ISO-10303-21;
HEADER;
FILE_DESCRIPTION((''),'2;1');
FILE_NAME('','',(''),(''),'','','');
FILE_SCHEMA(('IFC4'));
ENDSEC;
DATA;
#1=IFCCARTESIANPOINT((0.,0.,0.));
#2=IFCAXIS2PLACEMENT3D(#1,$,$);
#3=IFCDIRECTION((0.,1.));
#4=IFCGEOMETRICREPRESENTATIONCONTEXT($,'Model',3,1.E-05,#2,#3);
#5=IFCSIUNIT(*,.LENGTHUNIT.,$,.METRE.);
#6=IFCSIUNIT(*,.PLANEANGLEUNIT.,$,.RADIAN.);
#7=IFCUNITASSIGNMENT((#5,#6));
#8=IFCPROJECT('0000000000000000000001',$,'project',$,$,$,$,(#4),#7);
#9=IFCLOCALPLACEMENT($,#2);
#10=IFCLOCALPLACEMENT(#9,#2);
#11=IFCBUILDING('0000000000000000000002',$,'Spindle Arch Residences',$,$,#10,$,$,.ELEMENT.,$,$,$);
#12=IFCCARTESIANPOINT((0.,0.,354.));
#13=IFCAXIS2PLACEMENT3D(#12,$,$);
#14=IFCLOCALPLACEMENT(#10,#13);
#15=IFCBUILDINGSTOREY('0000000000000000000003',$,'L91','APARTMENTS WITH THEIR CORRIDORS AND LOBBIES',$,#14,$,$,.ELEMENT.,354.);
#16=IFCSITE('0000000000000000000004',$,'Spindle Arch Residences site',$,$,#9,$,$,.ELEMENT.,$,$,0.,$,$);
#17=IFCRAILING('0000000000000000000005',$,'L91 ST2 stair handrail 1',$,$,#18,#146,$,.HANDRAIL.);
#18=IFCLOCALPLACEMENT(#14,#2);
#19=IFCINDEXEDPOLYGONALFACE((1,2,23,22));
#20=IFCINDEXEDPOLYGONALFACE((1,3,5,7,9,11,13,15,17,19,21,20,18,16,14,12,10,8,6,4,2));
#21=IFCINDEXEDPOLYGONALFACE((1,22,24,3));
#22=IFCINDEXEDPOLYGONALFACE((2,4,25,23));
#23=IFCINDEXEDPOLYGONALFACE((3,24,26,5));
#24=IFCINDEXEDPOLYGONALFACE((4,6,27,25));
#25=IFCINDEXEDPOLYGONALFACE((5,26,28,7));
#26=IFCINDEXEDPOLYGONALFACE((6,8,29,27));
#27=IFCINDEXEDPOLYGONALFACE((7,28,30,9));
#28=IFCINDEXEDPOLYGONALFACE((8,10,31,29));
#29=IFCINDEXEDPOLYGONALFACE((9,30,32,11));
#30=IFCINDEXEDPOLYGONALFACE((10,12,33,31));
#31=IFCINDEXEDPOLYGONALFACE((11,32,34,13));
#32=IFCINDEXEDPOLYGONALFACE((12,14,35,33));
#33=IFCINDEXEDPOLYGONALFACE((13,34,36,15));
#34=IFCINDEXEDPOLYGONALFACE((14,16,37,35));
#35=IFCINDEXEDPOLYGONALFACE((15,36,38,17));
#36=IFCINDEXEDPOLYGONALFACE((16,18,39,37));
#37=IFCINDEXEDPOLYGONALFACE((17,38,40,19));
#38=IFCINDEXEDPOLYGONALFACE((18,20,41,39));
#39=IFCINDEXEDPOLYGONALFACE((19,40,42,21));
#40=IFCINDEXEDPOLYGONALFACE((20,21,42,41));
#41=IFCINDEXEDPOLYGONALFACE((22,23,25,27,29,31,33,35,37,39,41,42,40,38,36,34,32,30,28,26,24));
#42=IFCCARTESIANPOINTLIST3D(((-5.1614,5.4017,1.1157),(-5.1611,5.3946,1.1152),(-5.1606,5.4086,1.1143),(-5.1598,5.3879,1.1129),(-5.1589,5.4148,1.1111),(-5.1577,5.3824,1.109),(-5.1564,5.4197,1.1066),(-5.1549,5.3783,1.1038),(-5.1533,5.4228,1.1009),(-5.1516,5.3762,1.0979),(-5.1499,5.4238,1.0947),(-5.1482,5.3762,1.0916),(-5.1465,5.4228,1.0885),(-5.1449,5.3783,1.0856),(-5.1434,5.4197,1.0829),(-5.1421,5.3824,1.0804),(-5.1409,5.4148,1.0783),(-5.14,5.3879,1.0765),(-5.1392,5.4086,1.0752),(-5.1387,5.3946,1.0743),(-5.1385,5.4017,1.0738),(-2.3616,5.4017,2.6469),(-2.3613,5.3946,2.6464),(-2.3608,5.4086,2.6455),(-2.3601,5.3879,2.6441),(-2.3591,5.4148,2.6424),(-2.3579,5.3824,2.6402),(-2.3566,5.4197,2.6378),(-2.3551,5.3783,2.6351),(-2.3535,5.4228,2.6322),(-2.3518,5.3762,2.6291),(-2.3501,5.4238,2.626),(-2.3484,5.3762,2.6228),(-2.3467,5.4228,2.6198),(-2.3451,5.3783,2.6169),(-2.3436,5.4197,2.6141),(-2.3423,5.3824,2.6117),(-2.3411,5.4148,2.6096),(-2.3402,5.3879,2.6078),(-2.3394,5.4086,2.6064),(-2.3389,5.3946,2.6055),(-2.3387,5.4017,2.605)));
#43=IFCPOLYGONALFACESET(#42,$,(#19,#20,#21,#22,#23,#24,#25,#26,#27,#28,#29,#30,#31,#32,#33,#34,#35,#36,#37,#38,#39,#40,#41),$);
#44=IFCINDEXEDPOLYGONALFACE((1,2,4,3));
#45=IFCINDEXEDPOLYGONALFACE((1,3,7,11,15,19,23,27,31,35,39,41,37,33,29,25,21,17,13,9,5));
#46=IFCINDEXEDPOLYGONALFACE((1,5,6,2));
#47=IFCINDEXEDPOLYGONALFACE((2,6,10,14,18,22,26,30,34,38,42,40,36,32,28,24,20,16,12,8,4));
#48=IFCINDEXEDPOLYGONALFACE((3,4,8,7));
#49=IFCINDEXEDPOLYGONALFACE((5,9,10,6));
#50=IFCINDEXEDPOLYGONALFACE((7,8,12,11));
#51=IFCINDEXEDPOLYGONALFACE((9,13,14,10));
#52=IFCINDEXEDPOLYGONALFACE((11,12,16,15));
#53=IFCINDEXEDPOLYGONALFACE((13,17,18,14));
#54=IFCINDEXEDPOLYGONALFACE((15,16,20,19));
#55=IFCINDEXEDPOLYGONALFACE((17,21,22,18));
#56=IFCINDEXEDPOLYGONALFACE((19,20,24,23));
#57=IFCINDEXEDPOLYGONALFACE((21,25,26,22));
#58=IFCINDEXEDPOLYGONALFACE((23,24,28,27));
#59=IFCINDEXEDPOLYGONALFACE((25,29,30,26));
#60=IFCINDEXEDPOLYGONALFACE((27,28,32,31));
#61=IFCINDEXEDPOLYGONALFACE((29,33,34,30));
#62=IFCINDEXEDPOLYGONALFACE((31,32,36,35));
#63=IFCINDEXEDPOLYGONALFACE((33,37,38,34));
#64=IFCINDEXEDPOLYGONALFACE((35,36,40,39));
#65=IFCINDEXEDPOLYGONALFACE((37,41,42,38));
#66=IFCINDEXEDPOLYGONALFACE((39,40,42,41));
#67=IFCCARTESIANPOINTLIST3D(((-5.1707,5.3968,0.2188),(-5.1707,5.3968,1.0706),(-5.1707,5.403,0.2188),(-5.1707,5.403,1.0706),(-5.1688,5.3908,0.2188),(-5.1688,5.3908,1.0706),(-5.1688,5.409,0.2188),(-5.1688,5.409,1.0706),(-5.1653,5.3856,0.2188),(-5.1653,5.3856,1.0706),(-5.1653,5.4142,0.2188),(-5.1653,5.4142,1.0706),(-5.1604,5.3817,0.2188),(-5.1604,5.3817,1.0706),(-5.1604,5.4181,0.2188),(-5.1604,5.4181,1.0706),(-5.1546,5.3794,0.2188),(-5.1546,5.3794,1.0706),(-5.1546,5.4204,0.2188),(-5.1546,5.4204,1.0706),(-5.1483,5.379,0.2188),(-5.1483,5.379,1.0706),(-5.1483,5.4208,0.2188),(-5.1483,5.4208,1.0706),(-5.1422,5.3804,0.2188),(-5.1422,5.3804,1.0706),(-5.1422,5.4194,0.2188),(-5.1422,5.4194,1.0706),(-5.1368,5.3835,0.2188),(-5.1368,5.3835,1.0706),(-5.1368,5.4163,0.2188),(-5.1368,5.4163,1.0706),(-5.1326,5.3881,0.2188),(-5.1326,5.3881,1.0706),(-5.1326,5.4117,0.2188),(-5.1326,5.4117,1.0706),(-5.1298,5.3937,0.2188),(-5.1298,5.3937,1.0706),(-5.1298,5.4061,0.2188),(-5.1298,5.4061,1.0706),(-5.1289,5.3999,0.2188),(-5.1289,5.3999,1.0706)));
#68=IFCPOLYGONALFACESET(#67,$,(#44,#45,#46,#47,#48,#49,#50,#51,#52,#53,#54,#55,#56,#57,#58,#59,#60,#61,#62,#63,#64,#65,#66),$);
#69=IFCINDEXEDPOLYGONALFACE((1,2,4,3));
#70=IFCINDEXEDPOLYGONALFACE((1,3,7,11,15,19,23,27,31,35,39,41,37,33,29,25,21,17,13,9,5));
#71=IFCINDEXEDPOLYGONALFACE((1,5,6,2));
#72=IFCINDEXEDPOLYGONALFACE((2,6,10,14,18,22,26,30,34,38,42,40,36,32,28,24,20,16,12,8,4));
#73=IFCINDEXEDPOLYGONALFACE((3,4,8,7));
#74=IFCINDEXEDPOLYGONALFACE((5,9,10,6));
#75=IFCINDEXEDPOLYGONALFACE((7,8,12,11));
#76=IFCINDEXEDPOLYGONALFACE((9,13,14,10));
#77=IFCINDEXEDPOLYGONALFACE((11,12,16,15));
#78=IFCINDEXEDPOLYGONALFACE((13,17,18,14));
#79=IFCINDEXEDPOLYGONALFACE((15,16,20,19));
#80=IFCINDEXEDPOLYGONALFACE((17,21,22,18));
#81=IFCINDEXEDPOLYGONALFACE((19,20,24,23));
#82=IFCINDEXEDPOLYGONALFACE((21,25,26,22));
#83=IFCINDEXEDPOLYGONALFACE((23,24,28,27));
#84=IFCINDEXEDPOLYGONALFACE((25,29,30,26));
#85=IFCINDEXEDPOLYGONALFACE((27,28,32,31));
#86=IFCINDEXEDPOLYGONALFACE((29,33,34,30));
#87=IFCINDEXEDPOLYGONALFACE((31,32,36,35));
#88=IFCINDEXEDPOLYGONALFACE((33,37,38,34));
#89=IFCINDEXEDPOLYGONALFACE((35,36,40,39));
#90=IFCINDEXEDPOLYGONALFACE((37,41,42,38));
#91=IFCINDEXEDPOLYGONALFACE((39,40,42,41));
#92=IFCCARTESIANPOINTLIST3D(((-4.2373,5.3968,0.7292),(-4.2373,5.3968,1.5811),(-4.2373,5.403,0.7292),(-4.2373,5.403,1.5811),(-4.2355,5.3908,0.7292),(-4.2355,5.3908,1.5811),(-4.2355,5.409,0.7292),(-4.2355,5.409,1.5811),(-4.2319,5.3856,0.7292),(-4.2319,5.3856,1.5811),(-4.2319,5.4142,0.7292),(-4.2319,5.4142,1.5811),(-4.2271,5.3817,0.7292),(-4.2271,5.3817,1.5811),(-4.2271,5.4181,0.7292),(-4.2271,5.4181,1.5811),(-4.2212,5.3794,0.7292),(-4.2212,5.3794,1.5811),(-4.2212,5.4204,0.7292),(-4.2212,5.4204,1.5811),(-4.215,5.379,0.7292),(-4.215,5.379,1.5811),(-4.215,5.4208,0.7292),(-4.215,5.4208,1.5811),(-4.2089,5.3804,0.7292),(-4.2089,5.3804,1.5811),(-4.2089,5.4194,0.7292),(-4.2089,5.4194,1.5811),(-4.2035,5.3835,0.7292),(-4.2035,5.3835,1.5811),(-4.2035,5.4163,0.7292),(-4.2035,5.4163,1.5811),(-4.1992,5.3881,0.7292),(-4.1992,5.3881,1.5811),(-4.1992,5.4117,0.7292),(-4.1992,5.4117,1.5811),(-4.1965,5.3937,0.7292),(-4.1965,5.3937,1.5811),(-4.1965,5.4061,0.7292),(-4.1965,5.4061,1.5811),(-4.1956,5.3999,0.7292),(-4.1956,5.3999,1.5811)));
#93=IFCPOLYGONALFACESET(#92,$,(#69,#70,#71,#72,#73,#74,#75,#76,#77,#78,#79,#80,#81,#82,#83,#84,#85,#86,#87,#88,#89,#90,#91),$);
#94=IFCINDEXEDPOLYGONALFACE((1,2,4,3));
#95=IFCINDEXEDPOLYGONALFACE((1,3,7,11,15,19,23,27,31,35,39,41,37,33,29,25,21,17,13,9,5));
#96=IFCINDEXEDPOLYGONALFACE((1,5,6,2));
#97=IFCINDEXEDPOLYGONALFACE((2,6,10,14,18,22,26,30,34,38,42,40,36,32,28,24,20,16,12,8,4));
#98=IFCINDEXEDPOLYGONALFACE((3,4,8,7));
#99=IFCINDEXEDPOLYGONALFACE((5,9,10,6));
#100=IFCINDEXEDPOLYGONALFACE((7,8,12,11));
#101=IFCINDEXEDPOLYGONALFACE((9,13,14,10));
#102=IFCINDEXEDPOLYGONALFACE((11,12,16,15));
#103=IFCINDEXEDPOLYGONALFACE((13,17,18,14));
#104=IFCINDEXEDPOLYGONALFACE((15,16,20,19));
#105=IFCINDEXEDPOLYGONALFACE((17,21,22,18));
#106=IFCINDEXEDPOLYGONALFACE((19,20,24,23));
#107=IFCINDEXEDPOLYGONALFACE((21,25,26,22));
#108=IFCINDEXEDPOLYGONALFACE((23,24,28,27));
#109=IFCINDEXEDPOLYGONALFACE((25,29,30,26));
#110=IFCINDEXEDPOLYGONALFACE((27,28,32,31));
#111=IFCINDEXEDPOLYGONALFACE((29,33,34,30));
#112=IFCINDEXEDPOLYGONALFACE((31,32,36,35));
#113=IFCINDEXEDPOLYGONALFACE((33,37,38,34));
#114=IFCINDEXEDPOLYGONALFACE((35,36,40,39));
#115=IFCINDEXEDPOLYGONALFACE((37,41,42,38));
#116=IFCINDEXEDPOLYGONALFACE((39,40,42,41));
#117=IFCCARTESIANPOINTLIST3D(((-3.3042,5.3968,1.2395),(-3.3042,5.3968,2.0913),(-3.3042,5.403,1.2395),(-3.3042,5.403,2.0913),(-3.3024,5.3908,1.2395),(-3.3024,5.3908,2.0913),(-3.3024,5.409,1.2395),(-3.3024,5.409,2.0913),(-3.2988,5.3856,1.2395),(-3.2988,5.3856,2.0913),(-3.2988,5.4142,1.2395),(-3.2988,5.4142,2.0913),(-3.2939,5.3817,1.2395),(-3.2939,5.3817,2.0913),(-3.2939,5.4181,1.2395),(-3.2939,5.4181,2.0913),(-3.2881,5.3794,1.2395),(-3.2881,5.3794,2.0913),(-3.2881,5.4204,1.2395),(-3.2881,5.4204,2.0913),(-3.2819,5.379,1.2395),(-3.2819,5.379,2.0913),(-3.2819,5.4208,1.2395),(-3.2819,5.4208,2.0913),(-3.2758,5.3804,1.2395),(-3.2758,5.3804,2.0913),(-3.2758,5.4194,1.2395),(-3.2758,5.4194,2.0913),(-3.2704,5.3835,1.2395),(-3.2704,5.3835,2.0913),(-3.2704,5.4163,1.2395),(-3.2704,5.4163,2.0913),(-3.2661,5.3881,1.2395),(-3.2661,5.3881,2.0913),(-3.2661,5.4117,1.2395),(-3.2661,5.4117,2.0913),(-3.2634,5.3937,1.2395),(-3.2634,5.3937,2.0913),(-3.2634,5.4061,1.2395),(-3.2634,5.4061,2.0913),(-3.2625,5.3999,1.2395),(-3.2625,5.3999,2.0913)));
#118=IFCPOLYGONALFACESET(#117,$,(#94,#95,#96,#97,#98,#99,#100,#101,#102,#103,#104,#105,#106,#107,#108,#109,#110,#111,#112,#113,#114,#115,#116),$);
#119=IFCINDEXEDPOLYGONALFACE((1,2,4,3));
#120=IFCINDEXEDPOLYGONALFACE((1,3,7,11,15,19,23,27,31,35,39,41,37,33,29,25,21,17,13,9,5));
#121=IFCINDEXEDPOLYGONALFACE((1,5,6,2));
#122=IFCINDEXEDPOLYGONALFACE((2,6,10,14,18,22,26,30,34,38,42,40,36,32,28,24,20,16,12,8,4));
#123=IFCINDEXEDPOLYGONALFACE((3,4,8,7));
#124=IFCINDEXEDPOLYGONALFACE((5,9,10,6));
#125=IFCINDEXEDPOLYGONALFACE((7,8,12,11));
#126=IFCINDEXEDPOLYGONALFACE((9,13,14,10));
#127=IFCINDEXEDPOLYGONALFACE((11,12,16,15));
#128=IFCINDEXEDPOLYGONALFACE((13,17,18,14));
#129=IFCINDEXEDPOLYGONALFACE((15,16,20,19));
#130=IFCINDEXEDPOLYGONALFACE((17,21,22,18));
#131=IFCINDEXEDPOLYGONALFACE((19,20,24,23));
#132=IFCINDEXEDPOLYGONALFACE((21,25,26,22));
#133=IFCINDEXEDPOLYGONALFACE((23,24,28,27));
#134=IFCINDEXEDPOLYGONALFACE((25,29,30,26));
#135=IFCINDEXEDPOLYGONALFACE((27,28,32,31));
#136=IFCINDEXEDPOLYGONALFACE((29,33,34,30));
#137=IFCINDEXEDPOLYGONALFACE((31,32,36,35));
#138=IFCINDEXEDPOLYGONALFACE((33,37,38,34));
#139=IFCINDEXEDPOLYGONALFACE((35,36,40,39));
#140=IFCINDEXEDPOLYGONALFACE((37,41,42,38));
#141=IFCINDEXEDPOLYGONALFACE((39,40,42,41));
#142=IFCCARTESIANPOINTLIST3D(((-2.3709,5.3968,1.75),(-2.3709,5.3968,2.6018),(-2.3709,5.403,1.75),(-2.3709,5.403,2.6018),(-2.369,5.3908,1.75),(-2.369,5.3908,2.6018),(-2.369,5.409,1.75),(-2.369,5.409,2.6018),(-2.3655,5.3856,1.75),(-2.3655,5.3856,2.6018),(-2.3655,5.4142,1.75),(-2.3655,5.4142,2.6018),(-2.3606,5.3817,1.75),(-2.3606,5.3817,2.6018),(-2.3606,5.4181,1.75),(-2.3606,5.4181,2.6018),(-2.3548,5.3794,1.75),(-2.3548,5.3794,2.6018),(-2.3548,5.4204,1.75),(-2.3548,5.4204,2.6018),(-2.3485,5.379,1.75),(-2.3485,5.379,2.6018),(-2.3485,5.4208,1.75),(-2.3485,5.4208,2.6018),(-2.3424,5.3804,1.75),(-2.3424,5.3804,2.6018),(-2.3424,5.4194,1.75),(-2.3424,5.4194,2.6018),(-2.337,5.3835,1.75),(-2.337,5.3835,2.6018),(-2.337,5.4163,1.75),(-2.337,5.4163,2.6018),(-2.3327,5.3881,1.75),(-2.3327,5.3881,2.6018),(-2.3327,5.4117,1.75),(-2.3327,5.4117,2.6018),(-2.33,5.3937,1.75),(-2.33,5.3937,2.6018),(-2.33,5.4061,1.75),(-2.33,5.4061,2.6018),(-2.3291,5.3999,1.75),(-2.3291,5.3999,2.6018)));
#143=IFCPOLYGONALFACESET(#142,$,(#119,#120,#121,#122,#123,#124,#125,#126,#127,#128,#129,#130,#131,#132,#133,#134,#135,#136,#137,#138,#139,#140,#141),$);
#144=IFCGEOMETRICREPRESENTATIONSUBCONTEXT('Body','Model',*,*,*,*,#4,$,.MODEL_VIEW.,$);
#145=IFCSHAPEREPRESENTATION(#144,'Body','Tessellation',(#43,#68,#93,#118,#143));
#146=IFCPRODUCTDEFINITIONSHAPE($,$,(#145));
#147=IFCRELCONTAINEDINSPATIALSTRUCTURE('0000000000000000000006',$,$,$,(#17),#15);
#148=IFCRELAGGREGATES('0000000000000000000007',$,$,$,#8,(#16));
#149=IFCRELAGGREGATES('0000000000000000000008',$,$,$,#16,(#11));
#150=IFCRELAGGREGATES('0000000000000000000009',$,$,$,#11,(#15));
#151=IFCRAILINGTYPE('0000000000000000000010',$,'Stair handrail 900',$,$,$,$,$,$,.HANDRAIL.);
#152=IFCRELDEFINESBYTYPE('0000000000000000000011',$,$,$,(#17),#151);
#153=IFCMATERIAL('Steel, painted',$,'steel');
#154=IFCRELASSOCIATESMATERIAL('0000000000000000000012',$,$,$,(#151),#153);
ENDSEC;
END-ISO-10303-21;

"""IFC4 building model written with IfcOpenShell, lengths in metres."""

from ifc_helpers import new_model, si_unit, direction, frame, origin, origin_2d, place, context, subcontext, project, spatial, circle, extrude, material, type_object, element, save


model = new_model("IFC4")

# Units and contexts
model_context = context("Model", 3, precision=1e-05, world=origin(), true_north=direction((0.0, 1.0)))
body_context = subcontext(model_context, "Body", "Model", "MODEL_VIEW")
ifc_project = project(units=[si_unit("LENGTHUNIT", "METRE"), si_unit("PLANEANGLEUNIT", "RADIAN")], contexts=[model_context])

# Site, building, storey
site_placement = place(None, origin())
site = spatial("IfcSite", under=ifc_project, at=site_placement, Name="Spindle Arch Residences site", CompositionType="ELEMENT", RefElevation=0.0)
building_placement = place(site_placement, origin())
building = spatial("IfcBuilding", under=site, at=building_placement, Name="Spindle Arch Residences", CompositionType="ELEMENT")
storey_placement = place(building_placement, frame((0.0, 0.0, 354.0)))
storey = spatial("IfcBuildingStorey", under=building, at=storey_placement, Name="L91", Description="APARTMENTS WITH THEIR CORRIDORS AND LOBBIES", CompositionType="ELEMENT", Elevation=354.0)

# Railing
ifc_material_1 = material(Name="Steel, painted", Category="steel")
railing_type_1 = type_object("IfcRailingType", Name="Stair handrail 900", PredefinedType="HANDRAIL", material=ifc_material_1)
railing_1_placement = place(storey_placement, frame((-5.1499, 5.3999, 0.2188)))
element("IfcRailing", 1, at=railing_1_placement, inside=storey, type_object=railing_type_1, Name="L91 ST2 stair handrail 1", PredefinedType="HANDRAIL", context=body_context, shape_type="SweptSolid", body=[
    extrude(circle(Radius=0.0239, at=origin_2d()), frame((0.0, 0.0, 0.876), z_axis=(0.877357, 0.0, 0.479838), x_axis=(0.0, 1.0, 0.0)), (0.0, 0.0, 1.0), 3.1912),
    extrude(circle(Radius=0.021, at=origin_2d()), origin(), (0.0, 0.0, 1.0), 0.8518),
    extrude(circle(Radius=0.021, at=origin_2d()), frame((0.9333, 0.0, 0.5105)), (0.0, 0.0, 1.0), 0.8518),
    extrude(circle(Radius=0.021, at=origin_2d()), frame((1.8665, 0.0, 1.0208)), (0.0, 0.0, 1.0), 0.8518),
    extrude(circle(Radius=0.021, at=origin_2d()), frame((2.7998, 0.0, 1.5312)), (0.0, 0.0, 1.0), 0.8518),
])

save(model, "model.ifc")
